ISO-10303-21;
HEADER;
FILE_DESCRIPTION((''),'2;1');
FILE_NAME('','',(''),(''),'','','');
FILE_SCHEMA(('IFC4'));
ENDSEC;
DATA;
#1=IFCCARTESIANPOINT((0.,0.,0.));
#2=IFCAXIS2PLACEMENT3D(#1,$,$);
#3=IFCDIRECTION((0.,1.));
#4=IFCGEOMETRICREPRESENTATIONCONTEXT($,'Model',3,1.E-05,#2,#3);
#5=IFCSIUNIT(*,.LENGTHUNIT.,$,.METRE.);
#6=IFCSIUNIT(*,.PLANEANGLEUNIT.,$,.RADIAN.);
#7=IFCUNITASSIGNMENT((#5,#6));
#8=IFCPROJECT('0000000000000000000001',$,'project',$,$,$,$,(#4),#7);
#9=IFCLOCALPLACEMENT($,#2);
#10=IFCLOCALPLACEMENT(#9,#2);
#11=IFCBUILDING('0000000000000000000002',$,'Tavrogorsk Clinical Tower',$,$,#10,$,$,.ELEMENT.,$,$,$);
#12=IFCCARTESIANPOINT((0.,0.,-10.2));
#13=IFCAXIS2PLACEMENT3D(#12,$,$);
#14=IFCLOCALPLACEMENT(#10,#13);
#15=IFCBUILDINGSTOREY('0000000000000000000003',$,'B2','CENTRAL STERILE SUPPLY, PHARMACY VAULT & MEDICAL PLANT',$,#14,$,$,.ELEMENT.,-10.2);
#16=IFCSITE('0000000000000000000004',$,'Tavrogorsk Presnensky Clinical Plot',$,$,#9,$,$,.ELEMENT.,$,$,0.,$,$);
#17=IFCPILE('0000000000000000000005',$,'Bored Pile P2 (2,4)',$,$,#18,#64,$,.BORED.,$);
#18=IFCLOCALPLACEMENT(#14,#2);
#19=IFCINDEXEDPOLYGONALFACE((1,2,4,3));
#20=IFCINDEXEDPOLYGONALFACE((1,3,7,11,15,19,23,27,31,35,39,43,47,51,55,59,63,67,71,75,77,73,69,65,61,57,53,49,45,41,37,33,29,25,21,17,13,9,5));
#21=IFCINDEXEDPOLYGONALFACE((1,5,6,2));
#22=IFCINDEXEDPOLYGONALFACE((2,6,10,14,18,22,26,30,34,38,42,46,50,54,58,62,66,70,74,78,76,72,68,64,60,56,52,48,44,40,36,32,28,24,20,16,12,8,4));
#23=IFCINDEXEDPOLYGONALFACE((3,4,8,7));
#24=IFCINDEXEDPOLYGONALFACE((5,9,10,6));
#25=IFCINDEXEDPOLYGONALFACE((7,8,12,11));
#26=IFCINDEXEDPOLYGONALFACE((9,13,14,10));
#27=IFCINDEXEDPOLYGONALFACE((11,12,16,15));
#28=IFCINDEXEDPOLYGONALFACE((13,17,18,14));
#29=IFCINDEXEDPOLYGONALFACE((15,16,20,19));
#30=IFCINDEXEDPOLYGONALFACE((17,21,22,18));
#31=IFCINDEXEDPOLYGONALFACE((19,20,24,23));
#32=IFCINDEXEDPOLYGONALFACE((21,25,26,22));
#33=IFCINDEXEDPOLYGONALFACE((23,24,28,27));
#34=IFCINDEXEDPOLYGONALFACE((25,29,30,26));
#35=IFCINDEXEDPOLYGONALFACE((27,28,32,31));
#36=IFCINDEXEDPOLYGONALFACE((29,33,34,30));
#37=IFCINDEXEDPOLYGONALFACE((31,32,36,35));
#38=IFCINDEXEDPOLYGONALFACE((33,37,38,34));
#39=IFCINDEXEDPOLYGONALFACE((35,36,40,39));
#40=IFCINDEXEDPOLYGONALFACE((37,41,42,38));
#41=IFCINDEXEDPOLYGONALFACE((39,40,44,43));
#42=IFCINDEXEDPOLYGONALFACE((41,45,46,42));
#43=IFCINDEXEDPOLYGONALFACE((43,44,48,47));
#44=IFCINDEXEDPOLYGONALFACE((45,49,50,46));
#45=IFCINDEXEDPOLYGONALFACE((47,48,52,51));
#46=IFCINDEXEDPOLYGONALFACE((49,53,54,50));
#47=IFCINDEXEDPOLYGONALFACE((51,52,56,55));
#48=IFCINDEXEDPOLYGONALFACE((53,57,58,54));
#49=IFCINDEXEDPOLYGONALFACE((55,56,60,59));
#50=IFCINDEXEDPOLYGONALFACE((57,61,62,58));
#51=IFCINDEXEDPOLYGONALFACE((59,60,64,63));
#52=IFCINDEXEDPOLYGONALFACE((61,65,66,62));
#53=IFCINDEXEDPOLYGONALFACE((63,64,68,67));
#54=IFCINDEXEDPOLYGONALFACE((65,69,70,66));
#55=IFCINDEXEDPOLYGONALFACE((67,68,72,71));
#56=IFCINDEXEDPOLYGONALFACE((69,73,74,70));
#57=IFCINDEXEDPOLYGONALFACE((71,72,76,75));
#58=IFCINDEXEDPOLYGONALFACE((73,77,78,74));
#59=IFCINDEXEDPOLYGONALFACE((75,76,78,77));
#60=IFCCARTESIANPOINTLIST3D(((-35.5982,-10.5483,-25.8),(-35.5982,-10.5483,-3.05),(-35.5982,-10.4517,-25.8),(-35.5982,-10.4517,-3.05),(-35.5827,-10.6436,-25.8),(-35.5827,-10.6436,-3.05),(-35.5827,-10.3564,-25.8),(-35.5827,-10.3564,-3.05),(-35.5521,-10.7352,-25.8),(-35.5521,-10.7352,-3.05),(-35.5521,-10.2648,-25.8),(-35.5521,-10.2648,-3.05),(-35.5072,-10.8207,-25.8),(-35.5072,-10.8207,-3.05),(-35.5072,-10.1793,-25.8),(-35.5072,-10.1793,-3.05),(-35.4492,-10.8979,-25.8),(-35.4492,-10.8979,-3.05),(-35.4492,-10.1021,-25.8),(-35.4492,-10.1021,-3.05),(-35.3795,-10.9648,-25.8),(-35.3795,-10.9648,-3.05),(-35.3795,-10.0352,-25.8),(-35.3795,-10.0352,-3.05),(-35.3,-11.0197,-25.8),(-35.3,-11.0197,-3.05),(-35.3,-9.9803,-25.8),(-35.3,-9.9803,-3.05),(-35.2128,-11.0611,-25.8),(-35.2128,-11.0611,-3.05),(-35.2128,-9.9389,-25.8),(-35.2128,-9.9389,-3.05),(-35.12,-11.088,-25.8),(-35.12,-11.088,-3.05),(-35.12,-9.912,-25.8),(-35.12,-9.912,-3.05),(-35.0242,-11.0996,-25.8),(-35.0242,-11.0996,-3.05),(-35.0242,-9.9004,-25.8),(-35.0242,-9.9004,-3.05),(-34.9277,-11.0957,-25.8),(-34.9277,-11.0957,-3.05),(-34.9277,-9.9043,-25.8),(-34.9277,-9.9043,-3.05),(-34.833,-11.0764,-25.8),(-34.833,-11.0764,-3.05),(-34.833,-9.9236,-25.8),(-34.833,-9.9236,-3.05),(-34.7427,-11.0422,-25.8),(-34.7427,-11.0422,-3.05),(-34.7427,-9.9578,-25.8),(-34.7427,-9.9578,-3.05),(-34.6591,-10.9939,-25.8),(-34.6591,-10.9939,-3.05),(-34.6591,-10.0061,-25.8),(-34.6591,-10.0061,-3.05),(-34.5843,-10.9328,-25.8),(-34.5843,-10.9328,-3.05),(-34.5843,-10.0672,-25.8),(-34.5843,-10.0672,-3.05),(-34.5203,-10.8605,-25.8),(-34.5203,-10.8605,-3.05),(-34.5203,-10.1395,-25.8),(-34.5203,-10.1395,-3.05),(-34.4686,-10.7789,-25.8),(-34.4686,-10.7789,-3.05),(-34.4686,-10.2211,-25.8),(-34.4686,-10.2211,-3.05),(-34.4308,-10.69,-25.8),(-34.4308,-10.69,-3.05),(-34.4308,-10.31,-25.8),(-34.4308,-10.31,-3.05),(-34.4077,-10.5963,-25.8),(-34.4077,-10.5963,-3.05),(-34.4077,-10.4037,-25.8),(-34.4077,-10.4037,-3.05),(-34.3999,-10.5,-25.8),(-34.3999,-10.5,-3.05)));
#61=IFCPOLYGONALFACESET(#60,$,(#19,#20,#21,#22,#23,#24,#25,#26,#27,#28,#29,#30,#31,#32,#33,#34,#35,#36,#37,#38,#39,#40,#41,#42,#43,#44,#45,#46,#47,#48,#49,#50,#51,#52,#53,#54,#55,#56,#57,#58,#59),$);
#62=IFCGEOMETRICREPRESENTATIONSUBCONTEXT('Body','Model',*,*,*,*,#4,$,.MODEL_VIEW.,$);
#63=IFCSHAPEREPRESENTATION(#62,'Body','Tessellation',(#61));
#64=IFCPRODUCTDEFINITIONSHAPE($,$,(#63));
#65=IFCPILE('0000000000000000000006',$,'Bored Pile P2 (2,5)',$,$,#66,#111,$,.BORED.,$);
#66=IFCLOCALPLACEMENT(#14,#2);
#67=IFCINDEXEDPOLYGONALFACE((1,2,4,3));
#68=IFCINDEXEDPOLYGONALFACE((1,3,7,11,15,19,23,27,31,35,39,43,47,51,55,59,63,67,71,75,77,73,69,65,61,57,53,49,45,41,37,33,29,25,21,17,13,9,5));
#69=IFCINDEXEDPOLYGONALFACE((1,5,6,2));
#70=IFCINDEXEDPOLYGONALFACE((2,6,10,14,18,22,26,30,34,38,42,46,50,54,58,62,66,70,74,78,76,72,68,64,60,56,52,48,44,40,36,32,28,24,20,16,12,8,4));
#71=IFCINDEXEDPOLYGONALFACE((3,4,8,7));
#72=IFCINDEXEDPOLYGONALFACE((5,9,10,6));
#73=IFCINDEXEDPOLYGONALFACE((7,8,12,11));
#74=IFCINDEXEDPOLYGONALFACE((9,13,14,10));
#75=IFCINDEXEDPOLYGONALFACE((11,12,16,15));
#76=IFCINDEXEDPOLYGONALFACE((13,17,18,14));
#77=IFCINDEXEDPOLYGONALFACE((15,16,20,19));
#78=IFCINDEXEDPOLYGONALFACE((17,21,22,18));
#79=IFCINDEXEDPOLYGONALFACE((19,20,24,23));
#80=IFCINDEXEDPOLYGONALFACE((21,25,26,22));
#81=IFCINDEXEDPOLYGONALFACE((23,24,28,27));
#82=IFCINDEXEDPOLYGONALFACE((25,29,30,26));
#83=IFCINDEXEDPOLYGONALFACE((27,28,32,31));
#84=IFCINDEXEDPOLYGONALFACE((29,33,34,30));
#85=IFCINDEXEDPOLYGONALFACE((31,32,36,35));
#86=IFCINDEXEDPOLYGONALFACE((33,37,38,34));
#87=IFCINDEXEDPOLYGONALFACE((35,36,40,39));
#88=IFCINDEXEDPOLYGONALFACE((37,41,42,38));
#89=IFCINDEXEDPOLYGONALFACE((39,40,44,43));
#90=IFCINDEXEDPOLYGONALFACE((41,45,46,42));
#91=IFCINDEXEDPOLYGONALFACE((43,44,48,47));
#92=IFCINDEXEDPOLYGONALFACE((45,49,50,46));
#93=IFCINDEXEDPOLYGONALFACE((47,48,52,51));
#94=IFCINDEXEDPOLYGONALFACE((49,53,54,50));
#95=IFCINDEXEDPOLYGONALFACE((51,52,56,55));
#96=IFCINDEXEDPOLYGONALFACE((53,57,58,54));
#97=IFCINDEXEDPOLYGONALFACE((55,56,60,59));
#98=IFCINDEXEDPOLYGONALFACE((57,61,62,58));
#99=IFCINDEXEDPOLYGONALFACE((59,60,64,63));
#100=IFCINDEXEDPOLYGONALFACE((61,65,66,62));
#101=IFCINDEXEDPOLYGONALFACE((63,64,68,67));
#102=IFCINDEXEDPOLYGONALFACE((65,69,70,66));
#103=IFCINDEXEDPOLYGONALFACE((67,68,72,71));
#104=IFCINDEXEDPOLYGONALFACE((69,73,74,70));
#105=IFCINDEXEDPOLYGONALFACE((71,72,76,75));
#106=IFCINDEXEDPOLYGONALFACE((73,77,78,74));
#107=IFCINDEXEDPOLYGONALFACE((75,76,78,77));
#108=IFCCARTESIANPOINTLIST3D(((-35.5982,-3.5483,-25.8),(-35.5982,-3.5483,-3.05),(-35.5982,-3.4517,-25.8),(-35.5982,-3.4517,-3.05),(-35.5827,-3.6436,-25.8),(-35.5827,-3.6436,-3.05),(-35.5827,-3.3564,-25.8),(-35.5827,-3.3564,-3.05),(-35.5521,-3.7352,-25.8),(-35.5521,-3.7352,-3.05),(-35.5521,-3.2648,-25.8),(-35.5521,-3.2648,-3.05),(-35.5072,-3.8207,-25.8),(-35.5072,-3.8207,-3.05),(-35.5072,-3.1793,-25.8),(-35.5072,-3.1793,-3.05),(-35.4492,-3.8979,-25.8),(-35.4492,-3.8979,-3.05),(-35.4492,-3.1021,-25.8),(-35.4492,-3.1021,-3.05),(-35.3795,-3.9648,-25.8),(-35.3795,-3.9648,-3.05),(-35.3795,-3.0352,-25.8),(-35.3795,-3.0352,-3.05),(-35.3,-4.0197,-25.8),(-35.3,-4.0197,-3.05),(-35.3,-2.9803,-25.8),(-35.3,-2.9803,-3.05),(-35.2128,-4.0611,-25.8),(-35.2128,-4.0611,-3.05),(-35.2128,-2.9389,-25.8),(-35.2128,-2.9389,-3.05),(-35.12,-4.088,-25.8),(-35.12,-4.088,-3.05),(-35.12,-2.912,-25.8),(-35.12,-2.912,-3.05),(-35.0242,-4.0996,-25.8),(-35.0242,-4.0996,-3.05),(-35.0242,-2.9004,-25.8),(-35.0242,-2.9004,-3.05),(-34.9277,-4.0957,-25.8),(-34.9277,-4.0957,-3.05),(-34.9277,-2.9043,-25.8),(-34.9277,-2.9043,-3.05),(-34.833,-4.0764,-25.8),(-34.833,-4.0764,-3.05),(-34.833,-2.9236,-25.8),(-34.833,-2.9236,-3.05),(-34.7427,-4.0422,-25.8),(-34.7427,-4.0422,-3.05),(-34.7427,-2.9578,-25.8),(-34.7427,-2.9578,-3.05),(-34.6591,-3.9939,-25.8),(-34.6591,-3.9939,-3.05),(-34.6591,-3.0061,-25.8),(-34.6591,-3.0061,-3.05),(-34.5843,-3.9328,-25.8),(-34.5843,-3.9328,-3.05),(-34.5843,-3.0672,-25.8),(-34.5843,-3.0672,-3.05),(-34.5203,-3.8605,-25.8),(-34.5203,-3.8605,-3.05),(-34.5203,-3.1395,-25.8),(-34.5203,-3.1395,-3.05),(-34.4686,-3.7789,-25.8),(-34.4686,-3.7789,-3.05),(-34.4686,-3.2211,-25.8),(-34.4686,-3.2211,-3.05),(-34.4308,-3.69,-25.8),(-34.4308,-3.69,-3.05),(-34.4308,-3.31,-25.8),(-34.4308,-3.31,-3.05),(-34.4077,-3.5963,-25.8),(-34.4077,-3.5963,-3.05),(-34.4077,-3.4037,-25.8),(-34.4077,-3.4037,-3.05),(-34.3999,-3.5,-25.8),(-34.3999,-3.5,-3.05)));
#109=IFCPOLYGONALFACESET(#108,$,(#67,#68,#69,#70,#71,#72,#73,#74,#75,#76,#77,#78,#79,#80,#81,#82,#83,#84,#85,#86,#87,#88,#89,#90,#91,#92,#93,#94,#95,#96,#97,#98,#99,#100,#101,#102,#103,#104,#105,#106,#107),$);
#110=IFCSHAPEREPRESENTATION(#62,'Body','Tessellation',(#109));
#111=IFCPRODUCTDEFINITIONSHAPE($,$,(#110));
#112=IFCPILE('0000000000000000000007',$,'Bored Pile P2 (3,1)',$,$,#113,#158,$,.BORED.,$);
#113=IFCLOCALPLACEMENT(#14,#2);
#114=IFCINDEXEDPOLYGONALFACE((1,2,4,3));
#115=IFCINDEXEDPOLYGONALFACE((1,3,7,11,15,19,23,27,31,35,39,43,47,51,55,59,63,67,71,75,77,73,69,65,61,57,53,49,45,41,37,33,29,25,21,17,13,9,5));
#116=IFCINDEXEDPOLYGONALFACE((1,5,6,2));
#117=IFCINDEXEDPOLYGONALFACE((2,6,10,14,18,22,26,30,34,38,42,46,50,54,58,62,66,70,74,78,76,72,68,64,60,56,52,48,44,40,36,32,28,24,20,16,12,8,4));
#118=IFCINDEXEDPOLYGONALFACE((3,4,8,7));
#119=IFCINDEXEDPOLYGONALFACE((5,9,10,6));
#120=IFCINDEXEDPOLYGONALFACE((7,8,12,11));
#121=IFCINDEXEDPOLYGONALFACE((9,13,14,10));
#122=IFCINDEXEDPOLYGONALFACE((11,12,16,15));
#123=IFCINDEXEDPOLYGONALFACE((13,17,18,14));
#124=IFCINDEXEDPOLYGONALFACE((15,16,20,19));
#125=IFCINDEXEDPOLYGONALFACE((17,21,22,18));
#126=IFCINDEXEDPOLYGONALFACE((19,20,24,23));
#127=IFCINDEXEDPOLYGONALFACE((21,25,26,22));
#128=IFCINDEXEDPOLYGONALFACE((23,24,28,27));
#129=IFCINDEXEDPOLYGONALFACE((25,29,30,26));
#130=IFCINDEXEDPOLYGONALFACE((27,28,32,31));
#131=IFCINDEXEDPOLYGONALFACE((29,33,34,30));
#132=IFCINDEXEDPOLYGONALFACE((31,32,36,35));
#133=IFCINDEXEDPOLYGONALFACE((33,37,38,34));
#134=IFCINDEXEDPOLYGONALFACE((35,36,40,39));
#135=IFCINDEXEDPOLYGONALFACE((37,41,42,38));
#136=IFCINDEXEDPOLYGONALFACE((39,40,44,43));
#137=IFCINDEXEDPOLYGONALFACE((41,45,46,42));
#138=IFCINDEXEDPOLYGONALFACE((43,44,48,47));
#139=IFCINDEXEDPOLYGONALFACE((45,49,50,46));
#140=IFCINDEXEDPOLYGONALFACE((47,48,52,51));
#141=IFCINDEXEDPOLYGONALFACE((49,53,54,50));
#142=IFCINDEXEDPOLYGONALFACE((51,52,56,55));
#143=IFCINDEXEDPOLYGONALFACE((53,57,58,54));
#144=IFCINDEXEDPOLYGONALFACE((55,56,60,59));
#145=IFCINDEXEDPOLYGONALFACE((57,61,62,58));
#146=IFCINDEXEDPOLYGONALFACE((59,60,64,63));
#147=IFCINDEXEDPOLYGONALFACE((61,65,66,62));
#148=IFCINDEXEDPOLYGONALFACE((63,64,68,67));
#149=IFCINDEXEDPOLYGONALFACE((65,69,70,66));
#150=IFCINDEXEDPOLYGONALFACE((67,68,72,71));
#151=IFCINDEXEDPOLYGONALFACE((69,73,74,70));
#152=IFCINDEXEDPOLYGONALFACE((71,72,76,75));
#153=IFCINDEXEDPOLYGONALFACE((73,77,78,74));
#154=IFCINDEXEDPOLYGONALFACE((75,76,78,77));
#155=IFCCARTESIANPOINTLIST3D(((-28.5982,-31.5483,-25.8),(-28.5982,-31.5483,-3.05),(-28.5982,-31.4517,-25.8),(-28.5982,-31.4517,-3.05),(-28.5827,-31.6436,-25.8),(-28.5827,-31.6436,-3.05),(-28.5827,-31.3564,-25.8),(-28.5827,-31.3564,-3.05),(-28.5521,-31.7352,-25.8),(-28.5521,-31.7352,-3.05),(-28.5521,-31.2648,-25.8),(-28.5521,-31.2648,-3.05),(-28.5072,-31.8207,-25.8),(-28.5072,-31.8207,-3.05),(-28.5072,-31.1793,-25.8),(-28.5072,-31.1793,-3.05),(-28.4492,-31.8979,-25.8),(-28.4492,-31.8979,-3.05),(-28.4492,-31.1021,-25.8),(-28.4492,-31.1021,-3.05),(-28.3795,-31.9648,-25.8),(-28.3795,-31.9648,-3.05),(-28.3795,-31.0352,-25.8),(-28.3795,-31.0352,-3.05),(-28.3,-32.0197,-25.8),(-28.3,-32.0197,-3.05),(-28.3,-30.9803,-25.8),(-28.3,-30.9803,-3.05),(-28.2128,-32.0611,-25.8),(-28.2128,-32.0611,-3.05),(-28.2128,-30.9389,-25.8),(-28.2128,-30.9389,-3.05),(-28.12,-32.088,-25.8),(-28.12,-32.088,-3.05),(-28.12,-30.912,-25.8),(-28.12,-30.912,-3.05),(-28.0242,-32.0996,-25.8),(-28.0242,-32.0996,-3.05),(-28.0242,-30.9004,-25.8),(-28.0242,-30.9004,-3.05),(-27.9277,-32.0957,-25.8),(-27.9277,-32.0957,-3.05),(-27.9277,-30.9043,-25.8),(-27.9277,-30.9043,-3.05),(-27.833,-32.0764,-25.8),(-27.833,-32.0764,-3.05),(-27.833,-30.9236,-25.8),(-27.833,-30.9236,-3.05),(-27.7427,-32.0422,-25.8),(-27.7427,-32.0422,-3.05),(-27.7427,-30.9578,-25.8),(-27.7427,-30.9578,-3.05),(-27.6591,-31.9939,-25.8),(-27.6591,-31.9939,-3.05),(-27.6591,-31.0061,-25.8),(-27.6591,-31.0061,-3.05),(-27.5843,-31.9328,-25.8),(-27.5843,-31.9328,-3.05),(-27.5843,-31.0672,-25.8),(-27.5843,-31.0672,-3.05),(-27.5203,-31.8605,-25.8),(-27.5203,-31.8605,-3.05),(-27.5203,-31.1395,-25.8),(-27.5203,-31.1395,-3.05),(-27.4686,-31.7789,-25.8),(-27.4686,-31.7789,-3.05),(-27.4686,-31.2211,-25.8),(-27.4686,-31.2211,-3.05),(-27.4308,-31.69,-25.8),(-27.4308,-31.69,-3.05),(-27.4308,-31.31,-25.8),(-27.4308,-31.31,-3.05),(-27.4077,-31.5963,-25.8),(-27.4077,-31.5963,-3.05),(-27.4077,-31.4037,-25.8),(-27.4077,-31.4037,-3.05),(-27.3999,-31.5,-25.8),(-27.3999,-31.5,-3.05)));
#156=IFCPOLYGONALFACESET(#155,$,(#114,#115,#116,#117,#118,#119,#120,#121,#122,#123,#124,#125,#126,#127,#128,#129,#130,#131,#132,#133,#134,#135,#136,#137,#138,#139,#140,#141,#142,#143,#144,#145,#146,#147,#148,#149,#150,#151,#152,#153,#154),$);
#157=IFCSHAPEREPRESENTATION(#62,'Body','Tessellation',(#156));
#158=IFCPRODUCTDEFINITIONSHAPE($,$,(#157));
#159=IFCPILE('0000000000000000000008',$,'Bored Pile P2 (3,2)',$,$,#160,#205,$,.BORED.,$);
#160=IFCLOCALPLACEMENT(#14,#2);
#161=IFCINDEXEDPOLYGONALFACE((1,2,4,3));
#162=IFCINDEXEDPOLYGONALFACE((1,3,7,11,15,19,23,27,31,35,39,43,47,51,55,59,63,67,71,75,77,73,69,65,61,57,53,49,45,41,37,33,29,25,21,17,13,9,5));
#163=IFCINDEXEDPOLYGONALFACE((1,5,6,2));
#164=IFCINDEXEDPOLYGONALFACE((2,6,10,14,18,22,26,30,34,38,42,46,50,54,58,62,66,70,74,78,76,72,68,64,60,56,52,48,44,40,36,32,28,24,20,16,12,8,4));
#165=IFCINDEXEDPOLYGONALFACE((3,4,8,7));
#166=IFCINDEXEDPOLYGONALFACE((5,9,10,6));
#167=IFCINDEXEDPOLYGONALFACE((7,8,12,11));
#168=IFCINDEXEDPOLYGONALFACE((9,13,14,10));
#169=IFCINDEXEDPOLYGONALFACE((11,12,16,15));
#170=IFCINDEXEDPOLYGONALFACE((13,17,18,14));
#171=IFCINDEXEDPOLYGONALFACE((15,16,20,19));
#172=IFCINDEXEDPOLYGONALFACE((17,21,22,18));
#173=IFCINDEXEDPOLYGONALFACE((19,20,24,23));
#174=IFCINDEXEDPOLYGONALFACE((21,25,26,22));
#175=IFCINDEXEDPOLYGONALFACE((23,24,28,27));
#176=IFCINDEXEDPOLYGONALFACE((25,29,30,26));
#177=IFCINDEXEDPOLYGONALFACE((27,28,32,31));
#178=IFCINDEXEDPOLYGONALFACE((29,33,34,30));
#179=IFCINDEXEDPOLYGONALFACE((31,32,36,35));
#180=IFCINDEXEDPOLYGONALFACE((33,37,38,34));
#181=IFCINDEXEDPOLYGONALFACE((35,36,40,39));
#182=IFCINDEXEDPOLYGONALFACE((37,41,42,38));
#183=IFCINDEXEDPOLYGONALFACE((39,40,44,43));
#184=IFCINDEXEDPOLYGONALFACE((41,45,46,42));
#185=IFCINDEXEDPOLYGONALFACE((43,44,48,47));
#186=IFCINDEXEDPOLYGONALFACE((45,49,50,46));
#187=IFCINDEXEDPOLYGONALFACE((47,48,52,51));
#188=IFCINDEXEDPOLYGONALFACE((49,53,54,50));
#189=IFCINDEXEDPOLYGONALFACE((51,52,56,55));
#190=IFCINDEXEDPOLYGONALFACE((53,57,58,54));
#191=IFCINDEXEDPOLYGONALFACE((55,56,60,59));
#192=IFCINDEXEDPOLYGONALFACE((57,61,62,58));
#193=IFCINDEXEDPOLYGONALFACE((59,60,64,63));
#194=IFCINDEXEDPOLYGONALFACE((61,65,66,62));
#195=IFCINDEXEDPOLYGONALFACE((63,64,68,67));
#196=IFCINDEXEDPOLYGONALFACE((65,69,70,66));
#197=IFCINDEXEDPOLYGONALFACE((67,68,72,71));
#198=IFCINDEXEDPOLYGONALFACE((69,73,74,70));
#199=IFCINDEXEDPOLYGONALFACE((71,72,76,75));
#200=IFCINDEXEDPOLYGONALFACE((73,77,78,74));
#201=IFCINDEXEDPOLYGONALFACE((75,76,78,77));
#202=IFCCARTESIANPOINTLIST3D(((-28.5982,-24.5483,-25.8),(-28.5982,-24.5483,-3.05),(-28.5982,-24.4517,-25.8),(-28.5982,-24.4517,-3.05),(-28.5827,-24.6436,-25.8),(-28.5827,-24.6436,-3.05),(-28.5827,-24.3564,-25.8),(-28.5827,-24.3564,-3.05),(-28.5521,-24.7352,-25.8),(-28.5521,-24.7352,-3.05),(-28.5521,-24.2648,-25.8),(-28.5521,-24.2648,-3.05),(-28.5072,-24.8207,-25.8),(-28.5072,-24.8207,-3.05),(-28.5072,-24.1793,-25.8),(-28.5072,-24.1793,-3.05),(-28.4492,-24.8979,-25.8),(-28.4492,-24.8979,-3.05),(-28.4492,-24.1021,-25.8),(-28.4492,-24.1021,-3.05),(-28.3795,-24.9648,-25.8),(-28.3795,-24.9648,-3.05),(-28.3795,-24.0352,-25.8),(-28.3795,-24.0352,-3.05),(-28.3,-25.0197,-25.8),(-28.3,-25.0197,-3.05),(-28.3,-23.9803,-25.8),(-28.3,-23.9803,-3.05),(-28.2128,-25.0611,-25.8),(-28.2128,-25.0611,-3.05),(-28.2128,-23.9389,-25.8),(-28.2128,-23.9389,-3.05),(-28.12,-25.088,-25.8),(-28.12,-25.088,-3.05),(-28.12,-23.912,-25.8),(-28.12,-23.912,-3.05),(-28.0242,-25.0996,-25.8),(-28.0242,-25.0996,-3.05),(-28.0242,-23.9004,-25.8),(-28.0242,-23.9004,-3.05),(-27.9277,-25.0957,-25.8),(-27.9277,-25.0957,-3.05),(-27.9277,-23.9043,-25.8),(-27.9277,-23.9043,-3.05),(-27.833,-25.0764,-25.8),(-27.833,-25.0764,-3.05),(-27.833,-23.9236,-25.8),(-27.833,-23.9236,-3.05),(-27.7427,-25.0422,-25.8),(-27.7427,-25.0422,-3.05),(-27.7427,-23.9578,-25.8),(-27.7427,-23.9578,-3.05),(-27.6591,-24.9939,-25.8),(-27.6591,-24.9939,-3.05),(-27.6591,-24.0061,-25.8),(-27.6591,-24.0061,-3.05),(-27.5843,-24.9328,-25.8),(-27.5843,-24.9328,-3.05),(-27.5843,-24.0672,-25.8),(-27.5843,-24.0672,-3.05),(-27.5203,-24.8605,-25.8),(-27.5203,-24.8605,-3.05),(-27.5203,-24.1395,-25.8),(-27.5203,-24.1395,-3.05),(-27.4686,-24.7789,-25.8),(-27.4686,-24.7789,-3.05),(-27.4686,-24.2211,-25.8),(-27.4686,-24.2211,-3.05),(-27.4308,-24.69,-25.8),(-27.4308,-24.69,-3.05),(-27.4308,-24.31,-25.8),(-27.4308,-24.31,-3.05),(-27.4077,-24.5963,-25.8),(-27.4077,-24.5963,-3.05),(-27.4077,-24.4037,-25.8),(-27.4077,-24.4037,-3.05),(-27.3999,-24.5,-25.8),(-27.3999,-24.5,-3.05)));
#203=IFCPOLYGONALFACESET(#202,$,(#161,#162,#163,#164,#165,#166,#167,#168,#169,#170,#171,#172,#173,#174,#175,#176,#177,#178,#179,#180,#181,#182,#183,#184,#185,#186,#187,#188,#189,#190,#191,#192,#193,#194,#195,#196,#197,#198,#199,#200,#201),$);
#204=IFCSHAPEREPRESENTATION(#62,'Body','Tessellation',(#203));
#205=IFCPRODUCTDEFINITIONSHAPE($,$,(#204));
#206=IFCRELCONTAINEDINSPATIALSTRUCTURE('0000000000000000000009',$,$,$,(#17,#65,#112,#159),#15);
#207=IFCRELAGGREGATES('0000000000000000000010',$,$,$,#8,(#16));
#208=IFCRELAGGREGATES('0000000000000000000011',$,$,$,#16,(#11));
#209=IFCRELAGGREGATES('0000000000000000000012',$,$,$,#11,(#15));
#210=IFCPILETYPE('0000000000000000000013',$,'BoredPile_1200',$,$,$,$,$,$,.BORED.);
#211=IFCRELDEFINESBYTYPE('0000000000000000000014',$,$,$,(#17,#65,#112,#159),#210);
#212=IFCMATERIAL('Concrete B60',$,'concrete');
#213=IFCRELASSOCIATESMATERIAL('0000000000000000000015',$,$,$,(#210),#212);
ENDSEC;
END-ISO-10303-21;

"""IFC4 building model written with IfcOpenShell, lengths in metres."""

from ifc_helpers import new_model, si_unit, direction, frame, origin, origin_2d, place, context, subcontext, project, spatial, circle, extrude, material, material_profile, profile_set, type_object, element, save


model = new_model("IFC4")

# Units and contexts
model_context = context("Model", 3, precision=1e-05, world=origin(), true_north=direction((0.0, 1.0)))
body_context = subcontext(model_context, "Body", "Model", "MODEL_VIEW")
ifc_project = project(units=[si_unit("LENGTHUNIT", "METRE"), si_unit("PLANEANGLEUNIT", "RADIAN")], contexts=[model_context])

# Site, building, storey
site_placement = place(None, origin())
site = spatial("IfcSite", under=ifc_project, at=site_placement, Name="Tavrogorsk Presnensky Clinical Plot", CompositionType="ELEMENT", RefElevation=0.0)
building_placement = place(site_placement, origin())
building = spatial("IfcBuilding", under=site, at=building_placement, Name="Tavrogorsk Clinical Tower", CompositionType="ELEMENT")
storey_placement = place(building_placement, frame((0.0, 0.0, -10.2)))
storey = spatial("IfcBuildingStorey", under=building, at=storey_placement, Name="B2", Description="CENTRAL STERILE SUPPLY, PHARMACY VAULT & MEDICAL PLANT", CompositionType="ELEMENT", Elevation=-10.2)

# Piles
ifc_material_1 = material(Name="Concrete B60", Category="concrete")
ifc_material_profile_1 = material_profile(ifc_material_1, circle(Radius=0.6001, at=origin_2d()), Name="BORED-PILE-1200")
ifc_profile_set_1 = profile_set([ifc_material_profile_1], Name="Concrete B60")
pile_type_1 = type_object("IfcPileType", Name="BoredPile_1200", PredefinedType="BORED", material=ifc_profile_set_1)
for number, where, z_axis, x_axis, name in (
    (1, (-35.0, -10.5, -3.05), (0.0, 0.0, -1.0), (1.0, 0.0, 0.0), "Bored Pile P2 (2,4)"),
    (2, (-35.0, -3.5, -3.05), (0.0, 0.0, -1.0), (1.0, 0.0, 0.0), "Bored Pile P2 (2,5)"),
    (3, (-28.0, -31.5, -3.05), (0.0, 0.0, -1.0), (1.0, 0.0, 0.0), "Bored Pile P2 (3,1)"),
    (4, (-28.0, -24.5, -3.05), (0.0, 0.0, -1.0), (1.0, 0.0, 0.0), "Bored Pile P2 (3,2)"),
):
    element("IfcPile", number, at=place(storey_placement, frame(where, z_axis=z_axis, x_axis=x_axis)), inside=storey, type_object=pile_type_1, Name=name, PredefinedType="BORED", context=body_context, shape_type="SweptSolid", body=[
        extrude(circle(Radius=0.6001, at=origin_2d()), origin(), (0.0, 0.0, 1.0), 22.75),
    ])

save(model, "model.ifc")
